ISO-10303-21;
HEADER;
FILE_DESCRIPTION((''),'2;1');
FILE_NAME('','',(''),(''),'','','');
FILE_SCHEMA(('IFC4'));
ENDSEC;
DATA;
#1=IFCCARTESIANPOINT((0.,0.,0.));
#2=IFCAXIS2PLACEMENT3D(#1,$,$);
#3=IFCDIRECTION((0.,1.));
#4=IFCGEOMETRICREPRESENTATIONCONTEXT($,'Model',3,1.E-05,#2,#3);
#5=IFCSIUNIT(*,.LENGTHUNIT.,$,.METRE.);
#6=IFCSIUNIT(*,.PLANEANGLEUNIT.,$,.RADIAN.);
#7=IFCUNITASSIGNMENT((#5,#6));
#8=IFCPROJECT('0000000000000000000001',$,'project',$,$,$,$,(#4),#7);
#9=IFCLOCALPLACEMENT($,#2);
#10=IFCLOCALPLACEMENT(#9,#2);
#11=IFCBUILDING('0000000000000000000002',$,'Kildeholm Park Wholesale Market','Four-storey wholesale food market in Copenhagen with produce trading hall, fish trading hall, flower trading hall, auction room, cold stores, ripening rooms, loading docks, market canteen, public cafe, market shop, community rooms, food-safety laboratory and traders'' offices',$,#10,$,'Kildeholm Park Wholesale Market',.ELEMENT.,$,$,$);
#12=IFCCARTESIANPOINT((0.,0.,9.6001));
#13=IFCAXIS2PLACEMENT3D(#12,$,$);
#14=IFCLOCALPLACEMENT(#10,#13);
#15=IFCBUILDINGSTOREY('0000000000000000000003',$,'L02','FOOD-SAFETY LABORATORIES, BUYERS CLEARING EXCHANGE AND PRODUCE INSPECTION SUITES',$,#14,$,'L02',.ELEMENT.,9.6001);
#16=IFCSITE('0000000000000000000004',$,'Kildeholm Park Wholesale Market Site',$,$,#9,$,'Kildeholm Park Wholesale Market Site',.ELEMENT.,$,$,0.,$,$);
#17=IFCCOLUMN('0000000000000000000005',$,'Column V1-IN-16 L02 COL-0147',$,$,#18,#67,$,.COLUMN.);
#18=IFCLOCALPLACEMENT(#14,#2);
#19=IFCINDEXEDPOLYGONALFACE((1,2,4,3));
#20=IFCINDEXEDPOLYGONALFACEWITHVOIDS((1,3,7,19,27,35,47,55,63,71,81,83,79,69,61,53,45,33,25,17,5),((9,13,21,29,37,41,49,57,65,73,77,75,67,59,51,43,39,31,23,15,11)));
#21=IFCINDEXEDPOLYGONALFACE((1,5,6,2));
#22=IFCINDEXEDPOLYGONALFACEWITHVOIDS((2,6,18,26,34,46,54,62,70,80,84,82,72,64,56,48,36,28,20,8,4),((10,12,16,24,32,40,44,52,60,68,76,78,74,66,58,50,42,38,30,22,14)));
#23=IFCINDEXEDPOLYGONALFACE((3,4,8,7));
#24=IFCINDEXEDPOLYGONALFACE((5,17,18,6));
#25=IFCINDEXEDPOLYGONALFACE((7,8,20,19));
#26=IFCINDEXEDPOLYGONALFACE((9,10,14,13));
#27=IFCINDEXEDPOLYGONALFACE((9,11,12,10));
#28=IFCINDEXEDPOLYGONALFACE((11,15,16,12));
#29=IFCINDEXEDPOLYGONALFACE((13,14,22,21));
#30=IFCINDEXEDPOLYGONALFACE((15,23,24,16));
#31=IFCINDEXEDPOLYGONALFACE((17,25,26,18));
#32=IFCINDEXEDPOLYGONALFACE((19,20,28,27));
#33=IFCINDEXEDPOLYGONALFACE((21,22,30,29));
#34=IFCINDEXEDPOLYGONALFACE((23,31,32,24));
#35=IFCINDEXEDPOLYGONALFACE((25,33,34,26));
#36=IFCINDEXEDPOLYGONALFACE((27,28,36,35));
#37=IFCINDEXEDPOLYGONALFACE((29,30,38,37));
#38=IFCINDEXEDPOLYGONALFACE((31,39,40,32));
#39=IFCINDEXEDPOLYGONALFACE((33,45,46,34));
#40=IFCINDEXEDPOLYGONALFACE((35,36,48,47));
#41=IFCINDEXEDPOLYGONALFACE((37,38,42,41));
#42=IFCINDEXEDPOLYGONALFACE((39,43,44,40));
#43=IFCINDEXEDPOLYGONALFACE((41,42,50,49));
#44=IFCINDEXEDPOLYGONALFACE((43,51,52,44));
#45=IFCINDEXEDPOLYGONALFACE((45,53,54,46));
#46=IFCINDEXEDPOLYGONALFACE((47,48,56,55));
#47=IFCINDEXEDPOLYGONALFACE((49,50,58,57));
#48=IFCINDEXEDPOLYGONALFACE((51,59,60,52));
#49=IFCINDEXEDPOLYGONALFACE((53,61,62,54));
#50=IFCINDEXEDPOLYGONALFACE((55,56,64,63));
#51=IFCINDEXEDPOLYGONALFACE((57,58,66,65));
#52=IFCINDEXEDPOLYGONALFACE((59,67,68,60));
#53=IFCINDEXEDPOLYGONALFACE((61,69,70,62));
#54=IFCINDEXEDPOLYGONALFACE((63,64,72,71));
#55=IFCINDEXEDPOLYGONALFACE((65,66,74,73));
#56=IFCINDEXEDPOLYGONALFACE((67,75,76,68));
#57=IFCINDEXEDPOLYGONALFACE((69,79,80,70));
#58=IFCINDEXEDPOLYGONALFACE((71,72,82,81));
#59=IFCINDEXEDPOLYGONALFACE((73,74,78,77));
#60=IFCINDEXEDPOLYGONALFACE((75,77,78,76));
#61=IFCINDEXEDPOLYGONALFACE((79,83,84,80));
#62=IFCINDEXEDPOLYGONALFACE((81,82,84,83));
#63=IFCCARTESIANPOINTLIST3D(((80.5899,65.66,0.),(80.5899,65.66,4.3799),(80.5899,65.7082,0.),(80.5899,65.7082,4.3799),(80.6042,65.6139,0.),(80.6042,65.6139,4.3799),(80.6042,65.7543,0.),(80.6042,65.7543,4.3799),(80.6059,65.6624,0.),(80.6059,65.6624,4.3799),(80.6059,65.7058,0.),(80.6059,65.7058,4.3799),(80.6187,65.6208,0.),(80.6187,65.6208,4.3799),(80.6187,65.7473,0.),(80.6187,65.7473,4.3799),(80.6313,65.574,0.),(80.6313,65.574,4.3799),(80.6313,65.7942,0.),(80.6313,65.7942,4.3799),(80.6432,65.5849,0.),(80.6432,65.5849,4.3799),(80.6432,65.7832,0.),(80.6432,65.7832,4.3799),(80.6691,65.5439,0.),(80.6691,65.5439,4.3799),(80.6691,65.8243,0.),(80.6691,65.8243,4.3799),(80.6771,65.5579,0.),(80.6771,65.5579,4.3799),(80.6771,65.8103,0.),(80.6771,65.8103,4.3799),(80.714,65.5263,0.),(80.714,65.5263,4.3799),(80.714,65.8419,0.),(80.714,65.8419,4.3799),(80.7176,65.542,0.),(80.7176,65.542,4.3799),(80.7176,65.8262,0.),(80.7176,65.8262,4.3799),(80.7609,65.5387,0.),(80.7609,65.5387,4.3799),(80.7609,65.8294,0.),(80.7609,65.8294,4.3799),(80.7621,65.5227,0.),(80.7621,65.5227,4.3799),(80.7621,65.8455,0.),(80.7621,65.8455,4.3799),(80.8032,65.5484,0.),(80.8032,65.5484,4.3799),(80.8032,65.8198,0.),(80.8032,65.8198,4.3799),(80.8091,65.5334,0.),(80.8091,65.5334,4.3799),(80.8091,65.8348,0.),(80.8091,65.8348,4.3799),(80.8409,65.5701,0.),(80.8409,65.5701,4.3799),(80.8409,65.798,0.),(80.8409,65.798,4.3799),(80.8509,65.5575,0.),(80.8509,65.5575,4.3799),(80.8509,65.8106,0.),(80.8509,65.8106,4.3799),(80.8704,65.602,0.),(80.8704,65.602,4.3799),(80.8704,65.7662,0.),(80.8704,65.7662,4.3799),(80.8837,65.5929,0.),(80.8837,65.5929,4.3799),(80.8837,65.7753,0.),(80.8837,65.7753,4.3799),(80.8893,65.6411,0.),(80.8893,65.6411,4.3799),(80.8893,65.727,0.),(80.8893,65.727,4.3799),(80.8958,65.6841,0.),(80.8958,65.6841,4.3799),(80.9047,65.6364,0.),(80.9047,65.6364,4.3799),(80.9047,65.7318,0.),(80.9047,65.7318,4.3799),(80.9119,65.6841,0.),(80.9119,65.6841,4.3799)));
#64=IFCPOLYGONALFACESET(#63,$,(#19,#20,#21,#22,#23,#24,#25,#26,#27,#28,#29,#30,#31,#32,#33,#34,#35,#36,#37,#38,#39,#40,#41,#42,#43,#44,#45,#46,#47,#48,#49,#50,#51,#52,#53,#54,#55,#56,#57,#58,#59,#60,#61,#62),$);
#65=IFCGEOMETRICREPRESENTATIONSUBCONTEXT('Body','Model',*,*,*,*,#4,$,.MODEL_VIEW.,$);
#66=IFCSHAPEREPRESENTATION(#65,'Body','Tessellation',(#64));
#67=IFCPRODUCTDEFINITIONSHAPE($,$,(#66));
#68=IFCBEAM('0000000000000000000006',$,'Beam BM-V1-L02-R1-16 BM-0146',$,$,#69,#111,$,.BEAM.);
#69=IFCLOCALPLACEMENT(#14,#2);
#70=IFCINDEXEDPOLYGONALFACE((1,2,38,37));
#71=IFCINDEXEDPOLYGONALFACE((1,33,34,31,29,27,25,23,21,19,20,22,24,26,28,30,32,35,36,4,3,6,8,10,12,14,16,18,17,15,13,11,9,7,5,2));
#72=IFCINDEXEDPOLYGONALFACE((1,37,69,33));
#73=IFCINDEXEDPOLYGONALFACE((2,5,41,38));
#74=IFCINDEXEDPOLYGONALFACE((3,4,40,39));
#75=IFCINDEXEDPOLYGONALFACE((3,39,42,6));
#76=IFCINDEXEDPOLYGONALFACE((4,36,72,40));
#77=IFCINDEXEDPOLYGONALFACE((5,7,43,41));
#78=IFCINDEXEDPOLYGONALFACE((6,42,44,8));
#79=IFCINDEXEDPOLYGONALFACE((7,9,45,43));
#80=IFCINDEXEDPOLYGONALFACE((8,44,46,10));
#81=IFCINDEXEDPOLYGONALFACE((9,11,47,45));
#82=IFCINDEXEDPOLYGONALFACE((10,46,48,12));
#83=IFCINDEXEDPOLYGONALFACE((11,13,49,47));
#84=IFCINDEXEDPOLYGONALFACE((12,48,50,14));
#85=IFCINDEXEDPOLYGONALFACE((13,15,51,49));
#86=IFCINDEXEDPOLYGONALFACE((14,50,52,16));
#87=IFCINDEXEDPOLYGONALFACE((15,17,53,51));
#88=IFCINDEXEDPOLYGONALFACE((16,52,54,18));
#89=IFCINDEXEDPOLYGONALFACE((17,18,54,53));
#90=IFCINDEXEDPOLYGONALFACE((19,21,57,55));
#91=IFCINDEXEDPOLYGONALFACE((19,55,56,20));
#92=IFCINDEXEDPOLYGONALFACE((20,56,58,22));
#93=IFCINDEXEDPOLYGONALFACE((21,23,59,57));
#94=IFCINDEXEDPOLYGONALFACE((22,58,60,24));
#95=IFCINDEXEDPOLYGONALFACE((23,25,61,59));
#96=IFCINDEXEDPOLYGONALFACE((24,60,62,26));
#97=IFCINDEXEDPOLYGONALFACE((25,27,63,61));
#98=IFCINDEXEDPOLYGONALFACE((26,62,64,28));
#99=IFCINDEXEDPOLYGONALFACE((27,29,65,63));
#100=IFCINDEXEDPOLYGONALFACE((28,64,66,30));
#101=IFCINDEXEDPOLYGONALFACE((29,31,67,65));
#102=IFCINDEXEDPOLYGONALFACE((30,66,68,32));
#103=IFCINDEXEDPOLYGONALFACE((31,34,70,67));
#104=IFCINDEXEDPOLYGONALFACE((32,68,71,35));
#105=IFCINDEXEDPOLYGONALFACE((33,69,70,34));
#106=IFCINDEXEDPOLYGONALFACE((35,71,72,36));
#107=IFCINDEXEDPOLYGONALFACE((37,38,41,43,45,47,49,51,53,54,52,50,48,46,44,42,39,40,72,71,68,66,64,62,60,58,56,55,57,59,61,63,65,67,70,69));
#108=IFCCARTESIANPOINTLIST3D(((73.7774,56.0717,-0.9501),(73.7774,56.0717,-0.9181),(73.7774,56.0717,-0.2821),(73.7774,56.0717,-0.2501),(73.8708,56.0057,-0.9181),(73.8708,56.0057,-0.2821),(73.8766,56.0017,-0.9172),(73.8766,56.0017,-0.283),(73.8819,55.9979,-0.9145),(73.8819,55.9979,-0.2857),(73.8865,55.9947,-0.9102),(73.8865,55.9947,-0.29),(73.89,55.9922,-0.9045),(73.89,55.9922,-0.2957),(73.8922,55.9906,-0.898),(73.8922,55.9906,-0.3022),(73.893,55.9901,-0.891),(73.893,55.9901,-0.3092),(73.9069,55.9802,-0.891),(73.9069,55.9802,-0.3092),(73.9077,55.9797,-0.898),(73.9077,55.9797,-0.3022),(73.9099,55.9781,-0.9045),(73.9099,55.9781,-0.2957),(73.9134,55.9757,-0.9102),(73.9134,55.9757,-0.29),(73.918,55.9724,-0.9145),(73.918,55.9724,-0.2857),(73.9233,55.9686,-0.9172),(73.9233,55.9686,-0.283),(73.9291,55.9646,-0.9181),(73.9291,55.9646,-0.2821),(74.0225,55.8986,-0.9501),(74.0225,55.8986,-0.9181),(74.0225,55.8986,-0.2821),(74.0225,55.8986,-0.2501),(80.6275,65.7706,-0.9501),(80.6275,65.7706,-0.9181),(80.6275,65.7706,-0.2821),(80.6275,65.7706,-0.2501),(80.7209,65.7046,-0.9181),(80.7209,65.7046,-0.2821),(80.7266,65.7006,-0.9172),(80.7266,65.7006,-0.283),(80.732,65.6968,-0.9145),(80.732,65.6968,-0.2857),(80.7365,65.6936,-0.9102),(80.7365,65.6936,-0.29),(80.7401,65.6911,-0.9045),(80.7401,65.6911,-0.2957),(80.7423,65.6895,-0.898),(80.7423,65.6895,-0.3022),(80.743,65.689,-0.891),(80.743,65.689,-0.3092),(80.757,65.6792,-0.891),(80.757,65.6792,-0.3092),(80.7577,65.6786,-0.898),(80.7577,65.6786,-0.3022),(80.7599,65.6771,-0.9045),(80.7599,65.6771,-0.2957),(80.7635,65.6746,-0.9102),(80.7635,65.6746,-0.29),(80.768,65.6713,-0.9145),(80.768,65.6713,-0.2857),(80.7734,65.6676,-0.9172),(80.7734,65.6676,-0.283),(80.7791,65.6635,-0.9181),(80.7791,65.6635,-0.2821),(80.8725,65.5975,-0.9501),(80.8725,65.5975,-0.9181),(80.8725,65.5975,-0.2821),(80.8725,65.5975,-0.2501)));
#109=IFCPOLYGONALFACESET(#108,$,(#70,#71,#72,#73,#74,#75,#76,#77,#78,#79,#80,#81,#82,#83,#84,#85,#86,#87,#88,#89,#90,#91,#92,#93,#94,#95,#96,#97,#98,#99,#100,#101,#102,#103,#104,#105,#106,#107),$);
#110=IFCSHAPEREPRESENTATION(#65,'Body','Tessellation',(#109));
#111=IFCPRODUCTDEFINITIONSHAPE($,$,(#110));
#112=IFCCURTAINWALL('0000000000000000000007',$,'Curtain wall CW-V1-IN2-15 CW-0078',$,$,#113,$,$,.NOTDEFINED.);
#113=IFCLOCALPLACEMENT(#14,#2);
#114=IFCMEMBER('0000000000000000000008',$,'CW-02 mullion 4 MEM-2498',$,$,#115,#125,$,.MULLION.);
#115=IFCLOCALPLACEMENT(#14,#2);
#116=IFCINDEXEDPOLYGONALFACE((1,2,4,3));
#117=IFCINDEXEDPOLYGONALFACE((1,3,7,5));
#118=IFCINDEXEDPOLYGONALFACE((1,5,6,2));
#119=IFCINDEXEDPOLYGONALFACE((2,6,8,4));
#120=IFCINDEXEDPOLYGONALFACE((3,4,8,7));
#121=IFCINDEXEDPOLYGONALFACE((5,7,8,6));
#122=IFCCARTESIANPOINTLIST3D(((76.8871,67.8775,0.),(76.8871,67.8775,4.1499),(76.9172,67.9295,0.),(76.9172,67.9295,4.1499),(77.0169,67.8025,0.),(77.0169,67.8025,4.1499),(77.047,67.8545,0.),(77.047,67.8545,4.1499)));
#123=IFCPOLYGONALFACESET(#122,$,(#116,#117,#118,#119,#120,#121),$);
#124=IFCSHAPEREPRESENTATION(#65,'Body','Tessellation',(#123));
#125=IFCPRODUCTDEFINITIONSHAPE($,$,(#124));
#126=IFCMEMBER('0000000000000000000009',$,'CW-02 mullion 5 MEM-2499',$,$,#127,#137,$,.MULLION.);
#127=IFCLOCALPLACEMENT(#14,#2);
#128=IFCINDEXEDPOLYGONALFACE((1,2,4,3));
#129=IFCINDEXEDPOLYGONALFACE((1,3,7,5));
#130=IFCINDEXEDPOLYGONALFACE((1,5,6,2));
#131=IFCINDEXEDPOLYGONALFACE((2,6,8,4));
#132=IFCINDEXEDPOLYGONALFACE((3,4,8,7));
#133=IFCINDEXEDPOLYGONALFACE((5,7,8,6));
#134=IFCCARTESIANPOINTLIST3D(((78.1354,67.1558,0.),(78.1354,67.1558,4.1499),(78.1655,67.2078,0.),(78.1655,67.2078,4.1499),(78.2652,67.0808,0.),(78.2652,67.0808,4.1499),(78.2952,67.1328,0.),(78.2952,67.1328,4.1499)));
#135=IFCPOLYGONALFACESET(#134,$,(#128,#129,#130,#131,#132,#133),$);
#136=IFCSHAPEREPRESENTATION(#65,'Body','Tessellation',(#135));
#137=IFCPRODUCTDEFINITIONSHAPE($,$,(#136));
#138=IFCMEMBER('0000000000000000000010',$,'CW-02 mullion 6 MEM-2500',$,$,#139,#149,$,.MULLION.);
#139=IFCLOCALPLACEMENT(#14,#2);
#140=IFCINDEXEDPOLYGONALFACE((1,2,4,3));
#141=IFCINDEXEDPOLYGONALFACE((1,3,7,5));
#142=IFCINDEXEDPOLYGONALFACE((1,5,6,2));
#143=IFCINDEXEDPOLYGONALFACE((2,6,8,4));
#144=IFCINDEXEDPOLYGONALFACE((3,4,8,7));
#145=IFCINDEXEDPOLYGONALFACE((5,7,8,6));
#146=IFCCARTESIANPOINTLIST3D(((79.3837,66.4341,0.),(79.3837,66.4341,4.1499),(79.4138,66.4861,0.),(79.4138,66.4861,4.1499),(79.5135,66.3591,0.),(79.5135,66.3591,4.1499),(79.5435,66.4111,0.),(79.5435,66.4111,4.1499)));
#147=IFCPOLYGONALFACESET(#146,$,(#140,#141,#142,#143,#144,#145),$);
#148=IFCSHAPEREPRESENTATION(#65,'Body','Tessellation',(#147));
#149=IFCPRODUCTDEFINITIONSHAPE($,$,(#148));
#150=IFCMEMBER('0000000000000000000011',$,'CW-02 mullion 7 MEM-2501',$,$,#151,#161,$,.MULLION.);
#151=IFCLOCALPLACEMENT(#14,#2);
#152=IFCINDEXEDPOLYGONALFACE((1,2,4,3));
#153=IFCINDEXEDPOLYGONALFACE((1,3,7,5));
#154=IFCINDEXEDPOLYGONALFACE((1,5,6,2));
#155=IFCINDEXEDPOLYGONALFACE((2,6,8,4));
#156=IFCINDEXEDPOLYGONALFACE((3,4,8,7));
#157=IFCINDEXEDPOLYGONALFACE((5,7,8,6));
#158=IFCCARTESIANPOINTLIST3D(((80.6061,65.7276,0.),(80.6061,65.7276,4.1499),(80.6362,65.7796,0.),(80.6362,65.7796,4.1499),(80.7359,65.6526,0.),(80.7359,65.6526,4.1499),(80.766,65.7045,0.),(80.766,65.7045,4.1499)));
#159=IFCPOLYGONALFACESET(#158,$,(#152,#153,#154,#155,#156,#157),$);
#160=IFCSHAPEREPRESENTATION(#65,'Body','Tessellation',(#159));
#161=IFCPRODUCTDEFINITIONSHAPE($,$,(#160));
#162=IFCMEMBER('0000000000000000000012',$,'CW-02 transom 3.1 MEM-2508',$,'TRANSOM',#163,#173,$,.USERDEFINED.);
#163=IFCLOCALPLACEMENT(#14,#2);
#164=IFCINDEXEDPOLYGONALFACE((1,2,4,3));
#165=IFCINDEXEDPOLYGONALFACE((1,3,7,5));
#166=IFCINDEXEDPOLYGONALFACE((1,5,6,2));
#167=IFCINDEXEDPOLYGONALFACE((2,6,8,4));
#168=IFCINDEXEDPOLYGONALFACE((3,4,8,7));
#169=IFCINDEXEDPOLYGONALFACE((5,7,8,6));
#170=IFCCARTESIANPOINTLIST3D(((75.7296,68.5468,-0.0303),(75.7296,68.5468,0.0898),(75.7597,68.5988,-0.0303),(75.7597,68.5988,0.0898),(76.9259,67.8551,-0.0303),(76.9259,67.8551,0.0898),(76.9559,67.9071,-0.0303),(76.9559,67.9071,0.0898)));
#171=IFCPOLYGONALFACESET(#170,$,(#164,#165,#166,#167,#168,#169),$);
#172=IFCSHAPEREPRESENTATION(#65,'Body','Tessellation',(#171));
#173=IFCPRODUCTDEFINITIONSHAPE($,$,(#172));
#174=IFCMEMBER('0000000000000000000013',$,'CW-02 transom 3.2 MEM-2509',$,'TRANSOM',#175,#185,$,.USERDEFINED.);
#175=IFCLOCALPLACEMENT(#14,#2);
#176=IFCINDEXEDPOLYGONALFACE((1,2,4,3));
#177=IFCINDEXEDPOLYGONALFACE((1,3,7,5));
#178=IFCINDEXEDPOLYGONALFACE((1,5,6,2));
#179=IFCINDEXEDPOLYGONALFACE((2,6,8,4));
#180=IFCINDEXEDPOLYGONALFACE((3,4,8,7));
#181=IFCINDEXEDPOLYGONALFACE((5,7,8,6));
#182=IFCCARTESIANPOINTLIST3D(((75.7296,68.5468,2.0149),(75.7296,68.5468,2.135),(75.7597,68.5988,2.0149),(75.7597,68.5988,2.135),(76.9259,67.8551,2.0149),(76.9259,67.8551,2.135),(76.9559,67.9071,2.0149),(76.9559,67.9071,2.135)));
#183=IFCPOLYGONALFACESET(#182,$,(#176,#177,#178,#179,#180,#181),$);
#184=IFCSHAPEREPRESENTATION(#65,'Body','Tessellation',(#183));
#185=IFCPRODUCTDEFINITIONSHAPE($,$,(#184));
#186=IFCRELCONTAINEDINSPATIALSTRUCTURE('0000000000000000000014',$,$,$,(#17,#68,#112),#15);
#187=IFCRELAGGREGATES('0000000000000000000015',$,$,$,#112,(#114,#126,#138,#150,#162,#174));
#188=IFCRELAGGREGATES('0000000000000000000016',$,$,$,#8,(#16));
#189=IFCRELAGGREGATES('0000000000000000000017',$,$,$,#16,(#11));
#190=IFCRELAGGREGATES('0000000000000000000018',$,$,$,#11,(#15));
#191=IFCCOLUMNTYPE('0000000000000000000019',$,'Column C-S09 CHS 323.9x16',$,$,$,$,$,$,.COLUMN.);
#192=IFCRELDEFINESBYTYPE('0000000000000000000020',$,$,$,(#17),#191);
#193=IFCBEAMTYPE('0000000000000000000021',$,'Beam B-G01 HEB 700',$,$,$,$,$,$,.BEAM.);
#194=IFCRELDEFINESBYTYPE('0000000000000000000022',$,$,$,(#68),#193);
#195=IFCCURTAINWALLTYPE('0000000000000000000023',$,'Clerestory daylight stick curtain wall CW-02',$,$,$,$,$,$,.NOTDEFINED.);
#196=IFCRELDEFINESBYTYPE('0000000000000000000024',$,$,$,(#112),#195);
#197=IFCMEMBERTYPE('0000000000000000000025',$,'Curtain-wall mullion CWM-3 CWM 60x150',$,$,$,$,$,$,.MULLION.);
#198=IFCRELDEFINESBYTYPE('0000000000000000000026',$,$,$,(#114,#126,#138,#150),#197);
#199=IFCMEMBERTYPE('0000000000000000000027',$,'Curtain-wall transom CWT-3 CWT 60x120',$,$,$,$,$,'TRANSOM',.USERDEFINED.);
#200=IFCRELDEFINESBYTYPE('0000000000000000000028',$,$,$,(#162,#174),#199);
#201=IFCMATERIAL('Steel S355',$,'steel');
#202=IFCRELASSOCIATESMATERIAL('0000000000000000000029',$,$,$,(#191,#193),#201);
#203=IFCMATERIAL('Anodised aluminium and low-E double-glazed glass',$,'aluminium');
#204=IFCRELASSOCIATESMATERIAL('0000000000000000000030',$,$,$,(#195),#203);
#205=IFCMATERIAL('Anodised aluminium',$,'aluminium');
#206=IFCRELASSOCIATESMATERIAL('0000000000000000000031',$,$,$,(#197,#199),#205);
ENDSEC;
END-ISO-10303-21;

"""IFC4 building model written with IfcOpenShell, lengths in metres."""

from ifc_helpers import new_model, si_unit, direction, frame, origin, origin_2d, place, context, subcontext, project, spatial, rectangle, hollow_circle, i_section, extrude, material, material_profile, profile_set, type_object, element, aggregate, save


model = new_model("IFC4")

# Units and contexts
model_context = context("Model", 3, precision=1e-05, world=origin(), true_north=direction((0.0, 1.0)))
body_context = subcontext(model_context, "Body", "Model", "MODEL_VIEW")
ifc_project = project(units=[si_unit("LENGTHUNIT", "METRE"), si_unit("PLANEANGLEUNIT", "RADIAN")], contexts=[model_context])

# Site, building, storey
site_placement = place(None, origin())
site = spatial("IfcSite", under=ifc_project, at=site_placement, Name="Kildeholm Park Wholesale Market Site", LongName="Kildeholm Park Wholesale Market Site", CompositionType="ELEMENT", RefElevation=0.0)
building_placement = place(site_placement, origin())
building = spatial("IfcBuilding", under=site, at=building_placement, Name="Kildeholm Park Wholesale Market", Description="Four-storey wholesale food market in Copenhagen with produce trading hall, fish trading hall, flower trading hall, auction room, cold stores, ripening rooms, loading docks, market canteen, public cafe, market shop, community rooms, food-safety laboratory and traders' offices", LongName="Kildeholm Park Wholesale Market", CompositionType="ELEMENT")
storey_placement = place(building_placement, frame((0.0, 0.0, 9.6001)))
storey = spatial("IfcBuildingStorey", under=building, at=storey_placement, Name="L02", Description="FOOD-SAFETY LABORATORIES, BUYERS CLEARING EXCHANGE AND PRODUCE INSPECTION SUITES", LongName="L02", CompositionType="ELEMENT", Elevation=9.6001)

# Column
ifc_material_1 = material(Name="Steel S355", Category="steel")
ifc_material_profile_1 = material_profile(ifc_material_1, hollow_circle(Radius=0.1619, WallThickness=0.0161, at=origin_2d()), Name="CHS 323.9x16")
ifc_profile_set_1 = profile_set([ifc_material_profile_1], Name="Steel S355")
column_type = type_object("IfcColumnType", Name="Column C-S09 CHS 323.9x16", PredefinedType="COLUMN", material=ifc_profile_set_1)
column_placement = place(storey_placement, frame((80.75, 65.6841, 0.0), z_axis=(0.0, 0.0, 1.0), x_axis=(-0.5, -0.866025, 0.0)))
element("IfcColumn", 1, at=column_placement, inside=storey, type_object=column_type, Name="Column V1-IN-16 L02 COL-0147", PredefinedType="COLUMN", context=body_context, shape_type="SweptSolid", body=[
    extrude(hollow_circle(Radius=0.1619, WallThickness=0.0161, at=origin_2d()), origin(), (0.0, 0.0, 1.0), 4.3799),
])

# Beam
ifc_material_profile_2 = material_profile(ifc_material_1, i_section(OverallWidth=0.3, OverallDepth=0.7, WebThickness=0.0171, FlangeThickness=0.032, FilletRadius=0.0271, at=origin_2d()), Name="HEB 700")
ifc_profile_set_2 = profile_set([ifc_material_profile_2], Name="Steel S355")
beam_type = type_object("IfcBeamType", Name="Beam B-G01 HEB 700", PredefinedType="BEAM", material=ifc_profile_set_2)
beam_placement = place(storey_placement, frame((80.75, 65.6841, -0.6001), z_axis=(-0.576895, -0.816819, 0.0), x_axis=(0.816819, -0.576895, 0.0)))
element("IfcBeam", 2, at=beam_placement, inside=storey, type_object=beam_type, Name="Beam BM-V1-L02-R1-16 BM-0146", PredefinedType="BEAM", context=body_context, shape_type="SweptSolid", body=[
    extrude(i_section(OverallWidth=0.3, OverallDepth=0.7, WebThickness=0.0171, FlangeThickness=0.032, FilletRadius=0.0271, at=origin_2d()), origin(), (0.0, 0.0, 1.0), 11.874),
])

# Curtain wall, members
ifc_material_2 = material(Name="Anodised aluminium and low-E double-glazed glass", Category="aluminium")
curtain_wall_type = type_object("IfcCurtainWallType", Name="Clerestory daylight stick curtain wall CW-02", PredefinedType="NOTDEFINED", material=ifc_material_2)
curtain_wall_placement = place(storey_placement, origin())
curtain_wall = element("IfcCurtainWall", 3, at=curtain_wall_placement, inside=storey, type_object=curtain_wall_type, Name="Curtain wall CW-V1-IN2-15 CW-0078", PredefinedType="NOTDEFINED")
ifc_material_3 = material(Name="Anodised aluminium", Category="aluminium")
ifc_material_profile_3 = material_profile(ifc_material_3, rectangle(XDim=0.0601, YDim=0.1499, at=origin_2d()), Name="CWM 60x150")
ifc_profile_set_3 = profile_set([ifc_material_profile_3], Name="Anodised aluminium")
member_type_1 = type_object("IfcMemberType", Name="Curtain-wall mullion CWM-3 CWM 60x150", PredefinedType="MULLION", material=ifc_profile_set_3)
member_1_placement = place(storey_placement, frame((76.967, 67.866, 0.0), z_axis=(0.0, 0.0, 1.0), x_axis=(0.500489, 0.865743, 0.0)))
member_1 = element("IfcMember", 4, at=member_1_placement, type_object=member_type_1, Name="CW-02 mullion 4 MEM-2498", PredefinedType="MULLION", context=body_context, shape_type="SweptSolid", body=[
    extrude(rectangle(XDim=0.0601, YDim=0.1499, at=origin_2d()), origin(), (0.0, 0.0, 1.0), 4.1499),
])
member_2_placement = place(storey_placement, frame((78.2153, 67.1443, 0.0), z_axis=(0.0, 0.0, 1.0), x_axis=(0.500489, 0.865743, 0.0)))
member_2 = element("IfcMember", 5, at=member_2_placement, type_object=member_type_1, Name="CW-02 mullion 5 MEM-2499", PredefinedType="MULLION", context=body_context, shape_type="SweptSolid", body=[
    extrude(rectangle(XDim=0.0601, YDim=0.1499, at=origin_2d()), origin(), (0.0, 0.0, 1.0), 4.1499),
])
member_3_placement = place(storey_placement, frame((79.4636, 66.4226, 0.0), z_axis=(0.0, 0.0, 1.0), x_axis=(0.500489, 0.865743, 0.0)))
member_3 = element("IfcMember", 6, at=member_3_placement, type_object=member_type_1, Name="CW-02 mullion 6 MEM-2500", PredefinedType="MULLION", context=body_context, shape_type="SweptSolid", body=[
    extrude(rectangle(XDim=0.0601, YDim=0.1499, at=origin_2d()), origin(), (0.0, 0.0, 1.0), 4.1499),
])
member_4_placement = place(storey_placement, frame((80.686, 65.7161, 0.0), z_axis=(0.0, 0.0, 1.0), x_axis=(0.500489, 0.865743, 0.0)))
member_4 = element("IfcMember", 7, at=member_4_placement, type_object=member_type_1, Name="CW-02 mullion 7 MEM-2501", PredefinedType="MULLION", context=body_context, shape_type="SweptSolid", body=[
    extrude(rectangle(XDim=0.0601, YDim=0.1499, at=origin_2d()), origin(), (0.0, 0.0, 1.0), 4.1499),
])
ifc_material_profile_4 = material_profile(ifc_material_3, rectangle(XDim=0.0601, YDim=0.1201, at=origin_2d()), Name="CWT 60x120")
ifc_profile_set_4 = profile_set([ifc_material_profile_4], Name="Anodised aluminium")
member_type_2 = type_object("IfcMemberType", Name="Curtain-wall transom CWT-3 CWT 60x120", ElementType="TRANSOM", PredefinedType="USERDEFINED", material=ifc_profile_set_4)
member_5_placement = place(storey_placement, frame((75.7446, 68.5728, 0.0298), z_axis=(0.86572, -0.500528, 0.0), x_axis=(0.500528, 0.86572, 0.0)))
member_5 = element("IfcMember", 8, at=member_5_placement, type_object=member_type_2, Name="CW-02 transom 3.1 MEM-2508", ObjectType="TRANSOM", PredefinedType="USERDEFINED", context=body_context, shape_type="SweptSolid", body=[
    extrude(rectangle(XDim=0.0601, YDim=0.1201, at=origin_2d()), origin(), (0.0, 0.0, 1.0), 1.3818),
])
member_6_placement = place(storey_placement, frame((75.7446, 68.5728, 2.075), z_axis=(0.86572, -0.500528, 0.0), x_axis=(0.500528, 0.86572, 0.0)))
member_6 = element("IfcMember", 9, at=member_6_placement, type_object=member_type_2, Name="CW-02 transom 3.2 MEM-2509", ObjectType="TRANSOM", PredefinedType="USERDEFINED", context=body_context, shape_type="SweptSolid", body=[
    extrude(rectangle(XDim=0.0601, YDim=0.1201, at=origin_2d()), origin(), (0.0, 0.0, 1.0), 1.3818),
])
aggregate(curtain_wall, [member_1, member_2, member_3, member_4, member_5, member_6])

save(model, "model.ifc")
